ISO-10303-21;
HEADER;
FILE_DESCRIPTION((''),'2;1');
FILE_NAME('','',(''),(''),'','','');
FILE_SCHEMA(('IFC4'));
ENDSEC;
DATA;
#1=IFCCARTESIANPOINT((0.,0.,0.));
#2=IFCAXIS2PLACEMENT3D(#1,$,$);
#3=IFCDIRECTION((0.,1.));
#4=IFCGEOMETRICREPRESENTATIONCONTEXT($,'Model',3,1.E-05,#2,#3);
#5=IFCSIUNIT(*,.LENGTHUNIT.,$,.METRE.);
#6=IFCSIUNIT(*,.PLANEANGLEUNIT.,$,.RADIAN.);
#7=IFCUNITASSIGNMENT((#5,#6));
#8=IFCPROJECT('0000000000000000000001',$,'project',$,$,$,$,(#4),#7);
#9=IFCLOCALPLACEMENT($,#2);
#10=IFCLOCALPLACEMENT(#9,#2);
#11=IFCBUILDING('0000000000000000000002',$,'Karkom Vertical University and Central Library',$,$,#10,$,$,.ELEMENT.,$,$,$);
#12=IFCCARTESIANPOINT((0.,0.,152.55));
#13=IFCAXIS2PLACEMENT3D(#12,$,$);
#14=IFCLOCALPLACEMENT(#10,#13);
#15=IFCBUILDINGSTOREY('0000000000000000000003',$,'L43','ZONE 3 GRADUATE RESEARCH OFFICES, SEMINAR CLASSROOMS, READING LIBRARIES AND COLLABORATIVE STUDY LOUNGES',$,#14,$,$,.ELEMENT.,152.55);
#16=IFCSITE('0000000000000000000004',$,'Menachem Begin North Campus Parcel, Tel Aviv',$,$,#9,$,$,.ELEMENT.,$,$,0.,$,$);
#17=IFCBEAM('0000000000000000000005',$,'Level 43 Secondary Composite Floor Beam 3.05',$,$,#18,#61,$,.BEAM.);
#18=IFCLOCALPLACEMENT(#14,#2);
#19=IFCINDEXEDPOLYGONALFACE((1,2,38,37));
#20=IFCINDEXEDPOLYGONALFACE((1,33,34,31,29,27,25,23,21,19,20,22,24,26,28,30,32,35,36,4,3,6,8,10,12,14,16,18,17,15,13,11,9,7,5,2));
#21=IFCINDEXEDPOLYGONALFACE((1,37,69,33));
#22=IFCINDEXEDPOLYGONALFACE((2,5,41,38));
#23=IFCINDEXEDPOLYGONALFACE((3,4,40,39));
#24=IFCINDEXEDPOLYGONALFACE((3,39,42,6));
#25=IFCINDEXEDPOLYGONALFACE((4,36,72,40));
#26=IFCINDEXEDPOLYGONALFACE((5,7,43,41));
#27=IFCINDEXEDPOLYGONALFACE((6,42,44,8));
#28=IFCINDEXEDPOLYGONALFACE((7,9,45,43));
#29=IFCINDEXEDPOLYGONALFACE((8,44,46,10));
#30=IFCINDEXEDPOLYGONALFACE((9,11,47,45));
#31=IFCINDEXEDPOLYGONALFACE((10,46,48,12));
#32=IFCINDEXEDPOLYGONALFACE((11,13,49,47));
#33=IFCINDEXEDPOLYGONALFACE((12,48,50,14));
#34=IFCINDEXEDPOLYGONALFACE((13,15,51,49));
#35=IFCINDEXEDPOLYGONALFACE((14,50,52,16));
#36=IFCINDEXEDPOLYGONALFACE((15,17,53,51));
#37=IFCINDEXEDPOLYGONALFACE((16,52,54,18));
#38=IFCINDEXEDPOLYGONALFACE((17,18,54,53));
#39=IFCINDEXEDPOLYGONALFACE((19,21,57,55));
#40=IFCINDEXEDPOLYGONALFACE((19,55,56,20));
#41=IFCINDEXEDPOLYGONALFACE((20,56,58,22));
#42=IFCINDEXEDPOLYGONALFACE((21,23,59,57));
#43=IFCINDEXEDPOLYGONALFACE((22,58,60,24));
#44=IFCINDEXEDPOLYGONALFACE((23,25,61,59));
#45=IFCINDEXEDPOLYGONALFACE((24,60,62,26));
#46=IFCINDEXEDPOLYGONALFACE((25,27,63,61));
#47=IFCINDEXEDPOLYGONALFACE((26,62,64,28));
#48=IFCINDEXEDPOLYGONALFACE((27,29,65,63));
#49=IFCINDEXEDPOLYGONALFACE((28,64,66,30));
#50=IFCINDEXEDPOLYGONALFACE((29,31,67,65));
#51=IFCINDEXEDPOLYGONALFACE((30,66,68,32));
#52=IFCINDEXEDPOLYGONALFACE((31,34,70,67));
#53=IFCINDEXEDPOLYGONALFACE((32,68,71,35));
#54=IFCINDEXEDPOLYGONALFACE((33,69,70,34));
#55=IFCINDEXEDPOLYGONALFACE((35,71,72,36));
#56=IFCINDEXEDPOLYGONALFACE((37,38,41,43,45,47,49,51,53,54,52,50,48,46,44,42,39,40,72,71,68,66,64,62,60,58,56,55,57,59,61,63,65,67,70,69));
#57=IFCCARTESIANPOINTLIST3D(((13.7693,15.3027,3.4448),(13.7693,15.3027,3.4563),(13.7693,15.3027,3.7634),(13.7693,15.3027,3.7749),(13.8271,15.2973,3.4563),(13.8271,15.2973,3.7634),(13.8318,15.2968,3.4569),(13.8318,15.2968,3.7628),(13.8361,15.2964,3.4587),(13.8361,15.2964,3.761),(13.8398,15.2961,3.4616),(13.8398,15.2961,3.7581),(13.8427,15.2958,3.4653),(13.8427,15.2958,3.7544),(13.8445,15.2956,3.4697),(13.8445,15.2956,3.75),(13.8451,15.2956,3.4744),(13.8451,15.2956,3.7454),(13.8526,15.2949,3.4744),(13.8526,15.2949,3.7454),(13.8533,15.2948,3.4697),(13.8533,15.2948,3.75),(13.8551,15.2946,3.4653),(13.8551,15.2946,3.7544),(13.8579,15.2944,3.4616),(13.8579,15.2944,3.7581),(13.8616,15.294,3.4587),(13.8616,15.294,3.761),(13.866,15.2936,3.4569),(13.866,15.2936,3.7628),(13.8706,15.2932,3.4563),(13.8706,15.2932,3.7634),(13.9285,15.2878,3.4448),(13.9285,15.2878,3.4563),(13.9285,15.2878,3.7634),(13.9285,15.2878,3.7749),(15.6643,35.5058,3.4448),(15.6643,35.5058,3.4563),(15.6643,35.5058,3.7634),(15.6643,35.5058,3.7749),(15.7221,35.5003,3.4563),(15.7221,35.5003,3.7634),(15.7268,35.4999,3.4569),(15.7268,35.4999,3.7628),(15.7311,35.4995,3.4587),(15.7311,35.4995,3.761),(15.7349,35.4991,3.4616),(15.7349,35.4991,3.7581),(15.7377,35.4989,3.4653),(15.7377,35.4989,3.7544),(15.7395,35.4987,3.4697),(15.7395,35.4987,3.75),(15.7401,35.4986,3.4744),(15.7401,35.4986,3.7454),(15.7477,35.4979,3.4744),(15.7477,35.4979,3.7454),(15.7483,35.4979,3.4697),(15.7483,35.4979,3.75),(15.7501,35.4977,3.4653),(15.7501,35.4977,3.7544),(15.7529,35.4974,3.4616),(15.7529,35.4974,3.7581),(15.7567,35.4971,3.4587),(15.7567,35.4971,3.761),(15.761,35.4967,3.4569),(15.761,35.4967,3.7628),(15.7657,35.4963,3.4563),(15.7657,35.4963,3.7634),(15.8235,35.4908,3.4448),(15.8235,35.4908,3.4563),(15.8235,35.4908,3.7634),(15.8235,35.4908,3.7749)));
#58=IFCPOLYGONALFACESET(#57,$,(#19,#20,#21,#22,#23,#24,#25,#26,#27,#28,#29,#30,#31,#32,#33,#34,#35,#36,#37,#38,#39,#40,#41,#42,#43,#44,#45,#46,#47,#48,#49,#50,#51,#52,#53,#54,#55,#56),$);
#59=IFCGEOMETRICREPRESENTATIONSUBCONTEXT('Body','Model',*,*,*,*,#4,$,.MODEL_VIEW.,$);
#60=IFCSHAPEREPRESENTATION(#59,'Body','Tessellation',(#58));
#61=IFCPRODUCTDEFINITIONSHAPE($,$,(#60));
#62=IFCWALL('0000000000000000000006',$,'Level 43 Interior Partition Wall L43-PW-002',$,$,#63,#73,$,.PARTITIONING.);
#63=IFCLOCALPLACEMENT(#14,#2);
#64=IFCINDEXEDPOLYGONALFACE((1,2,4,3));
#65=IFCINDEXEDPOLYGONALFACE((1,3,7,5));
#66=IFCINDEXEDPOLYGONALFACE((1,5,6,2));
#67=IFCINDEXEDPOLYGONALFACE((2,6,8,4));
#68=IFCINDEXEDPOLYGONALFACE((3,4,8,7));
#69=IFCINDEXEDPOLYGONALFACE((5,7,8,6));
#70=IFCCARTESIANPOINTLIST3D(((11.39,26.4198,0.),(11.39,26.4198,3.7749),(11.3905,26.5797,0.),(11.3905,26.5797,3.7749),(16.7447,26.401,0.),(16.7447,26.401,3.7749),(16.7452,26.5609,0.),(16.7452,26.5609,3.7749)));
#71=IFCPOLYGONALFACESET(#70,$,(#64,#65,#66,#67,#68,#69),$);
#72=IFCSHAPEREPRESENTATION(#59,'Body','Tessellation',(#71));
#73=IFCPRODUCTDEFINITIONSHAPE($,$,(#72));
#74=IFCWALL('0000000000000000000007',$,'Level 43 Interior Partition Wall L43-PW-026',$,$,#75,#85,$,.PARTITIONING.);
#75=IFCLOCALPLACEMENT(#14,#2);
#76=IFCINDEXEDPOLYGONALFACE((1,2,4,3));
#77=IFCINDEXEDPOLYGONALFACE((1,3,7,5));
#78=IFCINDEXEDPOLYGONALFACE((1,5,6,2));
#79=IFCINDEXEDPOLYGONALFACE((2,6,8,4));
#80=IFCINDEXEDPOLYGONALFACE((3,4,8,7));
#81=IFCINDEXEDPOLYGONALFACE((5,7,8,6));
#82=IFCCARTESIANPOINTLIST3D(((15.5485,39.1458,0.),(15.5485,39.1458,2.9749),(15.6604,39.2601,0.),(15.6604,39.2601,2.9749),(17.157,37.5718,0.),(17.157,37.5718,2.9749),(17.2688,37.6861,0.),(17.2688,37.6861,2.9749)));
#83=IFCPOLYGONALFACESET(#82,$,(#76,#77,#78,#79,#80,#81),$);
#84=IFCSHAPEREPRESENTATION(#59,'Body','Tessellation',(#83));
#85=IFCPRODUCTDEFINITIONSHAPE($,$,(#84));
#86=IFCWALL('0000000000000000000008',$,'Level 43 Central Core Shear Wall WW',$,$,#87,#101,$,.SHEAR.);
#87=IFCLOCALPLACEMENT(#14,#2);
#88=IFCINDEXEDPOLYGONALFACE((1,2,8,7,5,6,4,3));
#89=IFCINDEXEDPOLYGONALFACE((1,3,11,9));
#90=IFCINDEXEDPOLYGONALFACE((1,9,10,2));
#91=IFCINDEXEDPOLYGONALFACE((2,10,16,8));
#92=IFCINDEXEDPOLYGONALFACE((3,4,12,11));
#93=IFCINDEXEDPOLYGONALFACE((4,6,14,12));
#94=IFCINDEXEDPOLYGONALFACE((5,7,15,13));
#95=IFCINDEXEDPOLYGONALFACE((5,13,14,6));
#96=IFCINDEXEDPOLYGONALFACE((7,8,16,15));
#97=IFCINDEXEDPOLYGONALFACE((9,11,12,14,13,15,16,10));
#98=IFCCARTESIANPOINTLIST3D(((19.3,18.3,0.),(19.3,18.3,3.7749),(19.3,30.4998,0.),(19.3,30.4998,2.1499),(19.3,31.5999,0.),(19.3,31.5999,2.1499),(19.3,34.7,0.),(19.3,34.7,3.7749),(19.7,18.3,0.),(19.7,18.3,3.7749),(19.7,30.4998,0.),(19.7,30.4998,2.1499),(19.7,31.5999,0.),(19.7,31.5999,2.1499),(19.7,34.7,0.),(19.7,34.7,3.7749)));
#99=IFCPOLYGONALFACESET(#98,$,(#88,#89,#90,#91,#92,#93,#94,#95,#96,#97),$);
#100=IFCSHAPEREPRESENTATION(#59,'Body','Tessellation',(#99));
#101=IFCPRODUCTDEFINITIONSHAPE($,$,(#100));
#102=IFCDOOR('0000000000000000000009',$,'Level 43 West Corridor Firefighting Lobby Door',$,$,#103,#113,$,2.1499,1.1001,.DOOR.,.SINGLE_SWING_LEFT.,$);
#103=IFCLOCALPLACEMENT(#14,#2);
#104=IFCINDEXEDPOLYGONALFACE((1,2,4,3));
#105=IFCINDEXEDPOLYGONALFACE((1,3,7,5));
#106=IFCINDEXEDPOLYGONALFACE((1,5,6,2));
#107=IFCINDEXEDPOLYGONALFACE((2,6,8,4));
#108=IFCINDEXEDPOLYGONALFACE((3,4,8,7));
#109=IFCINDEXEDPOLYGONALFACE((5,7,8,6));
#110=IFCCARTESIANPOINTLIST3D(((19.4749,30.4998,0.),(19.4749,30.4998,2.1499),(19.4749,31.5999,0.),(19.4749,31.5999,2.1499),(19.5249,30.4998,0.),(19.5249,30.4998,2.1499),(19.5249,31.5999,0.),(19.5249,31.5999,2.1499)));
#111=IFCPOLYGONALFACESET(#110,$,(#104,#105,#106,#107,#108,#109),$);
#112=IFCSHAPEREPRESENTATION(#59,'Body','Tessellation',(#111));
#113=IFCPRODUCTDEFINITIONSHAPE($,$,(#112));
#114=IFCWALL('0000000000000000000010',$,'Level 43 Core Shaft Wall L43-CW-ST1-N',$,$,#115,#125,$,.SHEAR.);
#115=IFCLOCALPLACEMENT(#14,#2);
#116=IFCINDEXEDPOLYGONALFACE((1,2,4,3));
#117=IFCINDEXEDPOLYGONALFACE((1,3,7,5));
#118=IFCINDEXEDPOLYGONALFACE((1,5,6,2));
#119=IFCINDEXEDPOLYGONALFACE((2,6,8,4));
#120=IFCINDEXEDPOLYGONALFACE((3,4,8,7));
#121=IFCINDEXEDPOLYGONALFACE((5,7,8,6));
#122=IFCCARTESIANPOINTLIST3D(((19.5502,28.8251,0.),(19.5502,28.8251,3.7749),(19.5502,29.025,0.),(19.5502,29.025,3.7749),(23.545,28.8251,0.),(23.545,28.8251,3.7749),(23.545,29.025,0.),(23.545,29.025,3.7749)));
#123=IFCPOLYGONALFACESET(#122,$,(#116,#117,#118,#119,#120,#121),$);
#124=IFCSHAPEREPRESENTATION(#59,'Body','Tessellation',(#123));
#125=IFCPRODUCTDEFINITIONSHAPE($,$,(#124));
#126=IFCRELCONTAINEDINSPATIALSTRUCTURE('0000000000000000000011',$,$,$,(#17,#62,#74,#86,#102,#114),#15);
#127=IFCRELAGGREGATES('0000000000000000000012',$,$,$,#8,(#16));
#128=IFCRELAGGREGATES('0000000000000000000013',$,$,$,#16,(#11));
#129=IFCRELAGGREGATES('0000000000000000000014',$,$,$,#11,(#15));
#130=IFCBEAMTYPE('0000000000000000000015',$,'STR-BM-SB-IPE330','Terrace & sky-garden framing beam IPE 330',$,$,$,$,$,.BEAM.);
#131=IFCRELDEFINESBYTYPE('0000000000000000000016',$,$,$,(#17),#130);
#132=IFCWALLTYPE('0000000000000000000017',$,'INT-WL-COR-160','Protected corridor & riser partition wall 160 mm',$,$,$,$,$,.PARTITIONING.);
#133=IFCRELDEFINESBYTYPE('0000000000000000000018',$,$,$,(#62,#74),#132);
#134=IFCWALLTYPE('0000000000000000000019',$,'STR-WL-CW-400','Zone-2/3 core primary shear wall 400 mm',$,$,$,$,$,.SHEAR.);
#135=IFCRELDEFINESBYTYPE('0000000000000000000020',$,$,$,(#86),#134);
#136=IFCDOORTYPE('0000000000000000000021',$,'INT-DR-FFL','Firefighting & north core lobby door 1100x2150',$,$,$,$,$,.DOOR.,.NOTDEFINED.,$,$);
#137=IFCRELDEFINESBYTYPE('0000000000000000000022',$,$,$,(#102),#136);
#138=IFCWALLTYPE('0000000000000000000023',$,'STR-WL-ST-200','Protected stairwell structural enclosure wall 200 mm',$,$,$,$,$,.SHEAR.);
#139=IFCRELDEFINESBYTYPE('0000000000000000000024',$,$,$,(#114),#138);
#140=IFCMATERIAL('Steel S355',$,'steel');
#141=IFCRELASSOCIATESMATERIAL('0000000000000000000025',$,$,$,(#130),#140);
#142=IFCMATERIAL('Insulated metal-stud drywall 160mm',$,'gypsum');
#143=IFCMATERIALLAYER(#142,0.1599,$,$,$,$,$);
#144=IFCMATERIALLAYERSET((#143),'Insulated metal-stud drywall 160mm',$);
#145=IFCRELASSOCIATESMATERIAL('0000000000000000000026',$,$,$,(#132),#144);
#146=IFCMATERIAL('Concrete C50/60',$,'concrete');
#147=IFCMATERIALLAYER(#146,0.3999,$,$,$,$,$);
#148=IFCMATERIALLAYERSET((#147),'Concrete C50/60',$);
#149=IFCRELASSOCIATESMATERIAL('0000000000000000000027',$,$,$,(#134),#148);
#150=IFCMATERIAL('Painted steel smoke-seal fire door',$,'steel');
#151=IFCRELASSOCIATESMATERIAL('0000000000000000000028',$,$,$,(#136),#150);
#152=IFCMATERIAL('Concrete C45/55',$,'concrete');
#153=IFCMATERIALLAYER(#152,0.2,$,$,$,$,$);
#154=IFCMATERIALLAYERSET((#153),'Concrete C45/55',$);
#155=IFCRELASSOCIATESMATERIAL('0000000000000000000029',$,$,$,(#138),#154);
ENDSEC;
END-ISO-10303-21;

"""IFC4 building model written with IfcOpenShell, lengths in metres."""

from ifc_helpers import new_model, si_unit, direction, frame, frame_2d, origin, origin_with_axes, origin_2d, place, context, subcontext, project, spatial, rectangle, i_section, extrude, source, transform, mapped, material, layer, layer_set, material_profile, profile_set, type_object, element, fill, save


model = new_model("IFC4")

# Units and contexts
model_context = context("Model", 3, precision=1e-05, world=origin(), true_north=direction((0.0, 1.0)))
body_context = subcontext(model_context, "Body", "Model", "MODEL_VIEW")
ifc_project = project(units=[si_unit("LENGTHUNIT", "METRE"), si_unit("PLANEANGLEUNIT", "RADIAN")], contexts=[model_context])

# Site, building, storey
site_placement = place(None, origin())
site = spatial("IfcSite", under=ifc_project, at=site_placement, Name="Menachem Begin North Campus Parcel, Tel Aviv", CompositionType="ELEMENT", RefElevation=0.0)
building_placement = place(site_placement, origin())
building = spatial("IfcBuilding", under=site, at=building_placement, Name="Karkom Vertical University and Central Library", CompositionType="ELEMENT")
storey_placement = place(building_placement, frame((0.0, 0.0, 152.55)))
storey = spatial("IfcBuildingStorey", under=building, at=storey_placement, Name="L43", Description="ZONE 3 GRADUATE RESEARCH OFFICES, SEMINAR CLASSROOMS, READING LIBRARIES AND COLLABORATIVE STUDY LOUNGES", CompositionType="ELEMENT", Elevation=152.55)

# Shared definitions
ifc_material_1 = material(Name="Concrete C50/60", Category="concrete")

# Beam
ifc_material_2 = material(Name="Steel S355", Category="steel")
ifc_material_profile_1 = material_profile(ifc_material_2, i_section(OverallWidth=0.1599, OverallDepth=0.3301, WebThickness=0.0076, FlangeThickness=0.0115, FilletRadius=0.0181, at=origin_2d()), Name="IPE 330")
ifc_profile_set_1 = profile_set([ifc_material_profile_1], Name="Steel S355")
beam_type_1 = type_object("IfcBeamType", Name="STR-BM-SB-IPE330", Description="Terrace & sky-garden framing beam IPE 330", PredefinedType="BEAM", material=ifc_profile_set_1)
shared_shape_1 = source(origin_with_axes(), body_context, "Body", "SweptSolid", [
    extrude(i_section(OverallWidth=0.1599, OverallDepth=0.3301, WebThickness=0.0076, FlangeThickness=0.0115, FilletRadius=0.0181, at=origin_2d()), origin(), (0.0, 0.0, 1.0), 20.2917),
])
beam_1_placement = place(storey_placement, frame((15.7439, 35.4983, 3.6099), z_axis=(-0.093388, -0.99563, 0.0), x_axis=(0.99563, -0.093388, 0.0)))
element("IfcBeam", 1, at=beam_1_placement, inside=storey, type_object=beam_type_1, Name="Level 43 Secondary Composite Floor Beam 3.05", PredefinedType="BEAM", context=body_context, shape_type="MappedRepresentation", body=[
    mapped(shared_shape_1, transform((0.0, 0.0, 0.0), scale=1.0)),
])

# Shared definitions
ifc_material_3 = material(Name="Insulated metal-stud drywall 160mm", Category="gypsum")
ifc_layer_1 = layer(ifc_material_3, 0.1599)
ifc_layer_set_1 = layer_set([ifc_layer_1], Name="Insulated metal-stud drywall 160mm")
wall_type_1 = type_object("IfcWallType", Name="INT-WL-COR-160", Description="Protected corridor & riser partition wall 160 mm", PredefinedType="PARTITIONING", material=ifc_layer_set_1)

# Walls
wall_1_placement = place(storey_placement, frame((11.3904, 26.4998, 0.0), z_axis=(0.0, 0.0, 1.0), x_axis=(0.999994, -0.003511, 0.0)))
element("IfcWall", 2, at=wall_1_placement, inside=storey, type_object=wall_type_1, Name="Level 43 Interior Partition Wall L43-PW-002", PredefinedType="PARTITIONING", context=body_context, shape_type="SweptSolid", body=[
    extrude(rectangle(XDim=5.3547, YDim=0.1599, at=frame_2d((2.6772, 0.0))), origin(), (0.0, 0.0, 1.0), 3.7749),
])
wall_2_placement = place(storey_placement, frame((17.2129, 37.6289, 0.0), z_axis=(0.0, 0.0, 1.0), x_axis=(-0.714714, 0.699417, 0.0)))
element("IfcWall", 3, at=wall_2_placement, inside=storey, type_object=wall_type_1, Name="Level 43 Interior Partition Wall L43-PW-026", PredefinedType="PARTITIONING", context=body_context, shape_type="SweptSolid", body=[
    extrude(rectangle(XDim=2.2505, YDim=0.1599, at=frame_2d((1.1252, 0.0))), origin(), (0.0, 0.0, 1.0), 2.9749),
])

# Wall, opening, door
ifc_layer_2 = layer(ifc_material_1, 0.3999)
ifc_layer_set_2 = layer_set([ifc_layer_2], Name="Concrete C50/60")
wall_type_2 = type_object("IfcWallType", Name="STR-WL-CW-400", Description="Zone-2/3 core primary shear wall 400 mm", PredefinedType="SHEAR", material=ifc_layer_set_2)
wall_3_placement = place(storey_placement, frame((19.5, 34.7, 0.0), z_axis=(0.0, 0.0, 1.0), x_axis=(0.0, -1.0, 0.0)))
wall_3 = element("IfcWall", 4, at=wall_3_placement, inside=storey, type_object=wall_type_2, Name="Level 43 Central Core Shear Wall WW", PredefinedType="SHEAR", context=body_context, shape_type="SweptSolid", body=[
    extrude(rectangle(XDim=16.3999, YDim=0.3999, at=frame_2d((8.2, 0.0))), origin(), (0.0, 0.0, 1.0), 3.7749),
])
opening_1_placement = place(wall_3_placement, frame((3.1001, 0.0, 0.0)))
opening_1 = element("IfcOpeningElement", 5, at=opening_1_placement, cuts=wall_3, PredefinedType="OPENING", context=body_context, shape_type="SweptSolid", body=[
    extrude(rectangle(XDim=1.1001, YDim=2.1499, at=frame_2d((0.55, 1.075))), frame((0.0, 0.21, 0.0), z_axis=(0.0, -1.0, 0.0), x_axis=(1.0, 0.0, 0.0)), (0.0, 0.0, 1.0), 0.4199),
])
ifc_material_4 = material(Name="Painted steel smoke-seal fire door", Category="steel")
door_type_1 = type_object("IfcDoorType", Name="INT-DR-FFL", Description="Firefighting & north core lobby door 1100x2150", OperationType="NOTDEFINED", PredefinedType="DOOR", material=ifc_material_4)
shared_shape_2 = source(origin_with_axes(), body_context, "Body", "SweptSolid", [
    extrude(rectangle(XDim=1.1001, YDim=2.1499, at=frame_2d((0.55, 1.075))), frame((0.0, 0.0249, 0.0), z_axis=(0.0, -1.0, 0.0), x_axis=(1.0, 0.0, 0.0)), (0.0, 0.0, 1.0), 0.05),
])
door_1_placement = place(opening_1_placement, origin())
door_1 = element("IfcDoor", 6, at=door_1_placement, inside=storey, type_object=door_type_1, Name="Level 43 West Corridor Firefighting Lobby Door", OperationType="SINGLE_SWING_LEFT", OverallHeight=2.1499, OverallWidth=1.1001, PredefinedType="DOOR", context=body_context, shape_type="MappedRepresentation", body=[
    mapped(shared_shape_2, transform((0.0, 0.0, 0.0), scale=1.0)),
])
fill(opening_1, door_1)

# Wall
ifc_material_5 = material(Name="Concrete C45/55", Category="concrete")
ifc_layer_3 = layer(ifc_material_5, 0.2)
ifc_layer_set_3 = layer_set([ifc_layer_3], Name="Concrete C45/55")
wall_type_3 = type_object("IfcWallType", Name="STR-WL-ST-200", Description="Protected stairwell structural enclosure wall 200 mm", PredefinedType="SHEAR", material=ifc_layer_set_3)
wall_4_placement = place(storey_placement, frame((19.55, 28.925, 0.0), z_axis=(0.0, 0.0, 1.0), x_axis=(1.0, 0.0, 0.0)))
element("IfcWall", 7, at=wall_4_placement, inside=storey, type_object=wall_type_3, Name="Level 43 Core Shaft Wall L43-CW-ST1-N", PredefinedType="SHEAR", context=body_context, shape_type="SweptSolid", body=[
    extrude(rectangle(XDim=3.9949, YDim=0.2, at=frame_2d((1.9976, 0.0))), origin(), (0.0, 0.0, 1.0), 3.7749),
])

save(model, "model.ifc")
